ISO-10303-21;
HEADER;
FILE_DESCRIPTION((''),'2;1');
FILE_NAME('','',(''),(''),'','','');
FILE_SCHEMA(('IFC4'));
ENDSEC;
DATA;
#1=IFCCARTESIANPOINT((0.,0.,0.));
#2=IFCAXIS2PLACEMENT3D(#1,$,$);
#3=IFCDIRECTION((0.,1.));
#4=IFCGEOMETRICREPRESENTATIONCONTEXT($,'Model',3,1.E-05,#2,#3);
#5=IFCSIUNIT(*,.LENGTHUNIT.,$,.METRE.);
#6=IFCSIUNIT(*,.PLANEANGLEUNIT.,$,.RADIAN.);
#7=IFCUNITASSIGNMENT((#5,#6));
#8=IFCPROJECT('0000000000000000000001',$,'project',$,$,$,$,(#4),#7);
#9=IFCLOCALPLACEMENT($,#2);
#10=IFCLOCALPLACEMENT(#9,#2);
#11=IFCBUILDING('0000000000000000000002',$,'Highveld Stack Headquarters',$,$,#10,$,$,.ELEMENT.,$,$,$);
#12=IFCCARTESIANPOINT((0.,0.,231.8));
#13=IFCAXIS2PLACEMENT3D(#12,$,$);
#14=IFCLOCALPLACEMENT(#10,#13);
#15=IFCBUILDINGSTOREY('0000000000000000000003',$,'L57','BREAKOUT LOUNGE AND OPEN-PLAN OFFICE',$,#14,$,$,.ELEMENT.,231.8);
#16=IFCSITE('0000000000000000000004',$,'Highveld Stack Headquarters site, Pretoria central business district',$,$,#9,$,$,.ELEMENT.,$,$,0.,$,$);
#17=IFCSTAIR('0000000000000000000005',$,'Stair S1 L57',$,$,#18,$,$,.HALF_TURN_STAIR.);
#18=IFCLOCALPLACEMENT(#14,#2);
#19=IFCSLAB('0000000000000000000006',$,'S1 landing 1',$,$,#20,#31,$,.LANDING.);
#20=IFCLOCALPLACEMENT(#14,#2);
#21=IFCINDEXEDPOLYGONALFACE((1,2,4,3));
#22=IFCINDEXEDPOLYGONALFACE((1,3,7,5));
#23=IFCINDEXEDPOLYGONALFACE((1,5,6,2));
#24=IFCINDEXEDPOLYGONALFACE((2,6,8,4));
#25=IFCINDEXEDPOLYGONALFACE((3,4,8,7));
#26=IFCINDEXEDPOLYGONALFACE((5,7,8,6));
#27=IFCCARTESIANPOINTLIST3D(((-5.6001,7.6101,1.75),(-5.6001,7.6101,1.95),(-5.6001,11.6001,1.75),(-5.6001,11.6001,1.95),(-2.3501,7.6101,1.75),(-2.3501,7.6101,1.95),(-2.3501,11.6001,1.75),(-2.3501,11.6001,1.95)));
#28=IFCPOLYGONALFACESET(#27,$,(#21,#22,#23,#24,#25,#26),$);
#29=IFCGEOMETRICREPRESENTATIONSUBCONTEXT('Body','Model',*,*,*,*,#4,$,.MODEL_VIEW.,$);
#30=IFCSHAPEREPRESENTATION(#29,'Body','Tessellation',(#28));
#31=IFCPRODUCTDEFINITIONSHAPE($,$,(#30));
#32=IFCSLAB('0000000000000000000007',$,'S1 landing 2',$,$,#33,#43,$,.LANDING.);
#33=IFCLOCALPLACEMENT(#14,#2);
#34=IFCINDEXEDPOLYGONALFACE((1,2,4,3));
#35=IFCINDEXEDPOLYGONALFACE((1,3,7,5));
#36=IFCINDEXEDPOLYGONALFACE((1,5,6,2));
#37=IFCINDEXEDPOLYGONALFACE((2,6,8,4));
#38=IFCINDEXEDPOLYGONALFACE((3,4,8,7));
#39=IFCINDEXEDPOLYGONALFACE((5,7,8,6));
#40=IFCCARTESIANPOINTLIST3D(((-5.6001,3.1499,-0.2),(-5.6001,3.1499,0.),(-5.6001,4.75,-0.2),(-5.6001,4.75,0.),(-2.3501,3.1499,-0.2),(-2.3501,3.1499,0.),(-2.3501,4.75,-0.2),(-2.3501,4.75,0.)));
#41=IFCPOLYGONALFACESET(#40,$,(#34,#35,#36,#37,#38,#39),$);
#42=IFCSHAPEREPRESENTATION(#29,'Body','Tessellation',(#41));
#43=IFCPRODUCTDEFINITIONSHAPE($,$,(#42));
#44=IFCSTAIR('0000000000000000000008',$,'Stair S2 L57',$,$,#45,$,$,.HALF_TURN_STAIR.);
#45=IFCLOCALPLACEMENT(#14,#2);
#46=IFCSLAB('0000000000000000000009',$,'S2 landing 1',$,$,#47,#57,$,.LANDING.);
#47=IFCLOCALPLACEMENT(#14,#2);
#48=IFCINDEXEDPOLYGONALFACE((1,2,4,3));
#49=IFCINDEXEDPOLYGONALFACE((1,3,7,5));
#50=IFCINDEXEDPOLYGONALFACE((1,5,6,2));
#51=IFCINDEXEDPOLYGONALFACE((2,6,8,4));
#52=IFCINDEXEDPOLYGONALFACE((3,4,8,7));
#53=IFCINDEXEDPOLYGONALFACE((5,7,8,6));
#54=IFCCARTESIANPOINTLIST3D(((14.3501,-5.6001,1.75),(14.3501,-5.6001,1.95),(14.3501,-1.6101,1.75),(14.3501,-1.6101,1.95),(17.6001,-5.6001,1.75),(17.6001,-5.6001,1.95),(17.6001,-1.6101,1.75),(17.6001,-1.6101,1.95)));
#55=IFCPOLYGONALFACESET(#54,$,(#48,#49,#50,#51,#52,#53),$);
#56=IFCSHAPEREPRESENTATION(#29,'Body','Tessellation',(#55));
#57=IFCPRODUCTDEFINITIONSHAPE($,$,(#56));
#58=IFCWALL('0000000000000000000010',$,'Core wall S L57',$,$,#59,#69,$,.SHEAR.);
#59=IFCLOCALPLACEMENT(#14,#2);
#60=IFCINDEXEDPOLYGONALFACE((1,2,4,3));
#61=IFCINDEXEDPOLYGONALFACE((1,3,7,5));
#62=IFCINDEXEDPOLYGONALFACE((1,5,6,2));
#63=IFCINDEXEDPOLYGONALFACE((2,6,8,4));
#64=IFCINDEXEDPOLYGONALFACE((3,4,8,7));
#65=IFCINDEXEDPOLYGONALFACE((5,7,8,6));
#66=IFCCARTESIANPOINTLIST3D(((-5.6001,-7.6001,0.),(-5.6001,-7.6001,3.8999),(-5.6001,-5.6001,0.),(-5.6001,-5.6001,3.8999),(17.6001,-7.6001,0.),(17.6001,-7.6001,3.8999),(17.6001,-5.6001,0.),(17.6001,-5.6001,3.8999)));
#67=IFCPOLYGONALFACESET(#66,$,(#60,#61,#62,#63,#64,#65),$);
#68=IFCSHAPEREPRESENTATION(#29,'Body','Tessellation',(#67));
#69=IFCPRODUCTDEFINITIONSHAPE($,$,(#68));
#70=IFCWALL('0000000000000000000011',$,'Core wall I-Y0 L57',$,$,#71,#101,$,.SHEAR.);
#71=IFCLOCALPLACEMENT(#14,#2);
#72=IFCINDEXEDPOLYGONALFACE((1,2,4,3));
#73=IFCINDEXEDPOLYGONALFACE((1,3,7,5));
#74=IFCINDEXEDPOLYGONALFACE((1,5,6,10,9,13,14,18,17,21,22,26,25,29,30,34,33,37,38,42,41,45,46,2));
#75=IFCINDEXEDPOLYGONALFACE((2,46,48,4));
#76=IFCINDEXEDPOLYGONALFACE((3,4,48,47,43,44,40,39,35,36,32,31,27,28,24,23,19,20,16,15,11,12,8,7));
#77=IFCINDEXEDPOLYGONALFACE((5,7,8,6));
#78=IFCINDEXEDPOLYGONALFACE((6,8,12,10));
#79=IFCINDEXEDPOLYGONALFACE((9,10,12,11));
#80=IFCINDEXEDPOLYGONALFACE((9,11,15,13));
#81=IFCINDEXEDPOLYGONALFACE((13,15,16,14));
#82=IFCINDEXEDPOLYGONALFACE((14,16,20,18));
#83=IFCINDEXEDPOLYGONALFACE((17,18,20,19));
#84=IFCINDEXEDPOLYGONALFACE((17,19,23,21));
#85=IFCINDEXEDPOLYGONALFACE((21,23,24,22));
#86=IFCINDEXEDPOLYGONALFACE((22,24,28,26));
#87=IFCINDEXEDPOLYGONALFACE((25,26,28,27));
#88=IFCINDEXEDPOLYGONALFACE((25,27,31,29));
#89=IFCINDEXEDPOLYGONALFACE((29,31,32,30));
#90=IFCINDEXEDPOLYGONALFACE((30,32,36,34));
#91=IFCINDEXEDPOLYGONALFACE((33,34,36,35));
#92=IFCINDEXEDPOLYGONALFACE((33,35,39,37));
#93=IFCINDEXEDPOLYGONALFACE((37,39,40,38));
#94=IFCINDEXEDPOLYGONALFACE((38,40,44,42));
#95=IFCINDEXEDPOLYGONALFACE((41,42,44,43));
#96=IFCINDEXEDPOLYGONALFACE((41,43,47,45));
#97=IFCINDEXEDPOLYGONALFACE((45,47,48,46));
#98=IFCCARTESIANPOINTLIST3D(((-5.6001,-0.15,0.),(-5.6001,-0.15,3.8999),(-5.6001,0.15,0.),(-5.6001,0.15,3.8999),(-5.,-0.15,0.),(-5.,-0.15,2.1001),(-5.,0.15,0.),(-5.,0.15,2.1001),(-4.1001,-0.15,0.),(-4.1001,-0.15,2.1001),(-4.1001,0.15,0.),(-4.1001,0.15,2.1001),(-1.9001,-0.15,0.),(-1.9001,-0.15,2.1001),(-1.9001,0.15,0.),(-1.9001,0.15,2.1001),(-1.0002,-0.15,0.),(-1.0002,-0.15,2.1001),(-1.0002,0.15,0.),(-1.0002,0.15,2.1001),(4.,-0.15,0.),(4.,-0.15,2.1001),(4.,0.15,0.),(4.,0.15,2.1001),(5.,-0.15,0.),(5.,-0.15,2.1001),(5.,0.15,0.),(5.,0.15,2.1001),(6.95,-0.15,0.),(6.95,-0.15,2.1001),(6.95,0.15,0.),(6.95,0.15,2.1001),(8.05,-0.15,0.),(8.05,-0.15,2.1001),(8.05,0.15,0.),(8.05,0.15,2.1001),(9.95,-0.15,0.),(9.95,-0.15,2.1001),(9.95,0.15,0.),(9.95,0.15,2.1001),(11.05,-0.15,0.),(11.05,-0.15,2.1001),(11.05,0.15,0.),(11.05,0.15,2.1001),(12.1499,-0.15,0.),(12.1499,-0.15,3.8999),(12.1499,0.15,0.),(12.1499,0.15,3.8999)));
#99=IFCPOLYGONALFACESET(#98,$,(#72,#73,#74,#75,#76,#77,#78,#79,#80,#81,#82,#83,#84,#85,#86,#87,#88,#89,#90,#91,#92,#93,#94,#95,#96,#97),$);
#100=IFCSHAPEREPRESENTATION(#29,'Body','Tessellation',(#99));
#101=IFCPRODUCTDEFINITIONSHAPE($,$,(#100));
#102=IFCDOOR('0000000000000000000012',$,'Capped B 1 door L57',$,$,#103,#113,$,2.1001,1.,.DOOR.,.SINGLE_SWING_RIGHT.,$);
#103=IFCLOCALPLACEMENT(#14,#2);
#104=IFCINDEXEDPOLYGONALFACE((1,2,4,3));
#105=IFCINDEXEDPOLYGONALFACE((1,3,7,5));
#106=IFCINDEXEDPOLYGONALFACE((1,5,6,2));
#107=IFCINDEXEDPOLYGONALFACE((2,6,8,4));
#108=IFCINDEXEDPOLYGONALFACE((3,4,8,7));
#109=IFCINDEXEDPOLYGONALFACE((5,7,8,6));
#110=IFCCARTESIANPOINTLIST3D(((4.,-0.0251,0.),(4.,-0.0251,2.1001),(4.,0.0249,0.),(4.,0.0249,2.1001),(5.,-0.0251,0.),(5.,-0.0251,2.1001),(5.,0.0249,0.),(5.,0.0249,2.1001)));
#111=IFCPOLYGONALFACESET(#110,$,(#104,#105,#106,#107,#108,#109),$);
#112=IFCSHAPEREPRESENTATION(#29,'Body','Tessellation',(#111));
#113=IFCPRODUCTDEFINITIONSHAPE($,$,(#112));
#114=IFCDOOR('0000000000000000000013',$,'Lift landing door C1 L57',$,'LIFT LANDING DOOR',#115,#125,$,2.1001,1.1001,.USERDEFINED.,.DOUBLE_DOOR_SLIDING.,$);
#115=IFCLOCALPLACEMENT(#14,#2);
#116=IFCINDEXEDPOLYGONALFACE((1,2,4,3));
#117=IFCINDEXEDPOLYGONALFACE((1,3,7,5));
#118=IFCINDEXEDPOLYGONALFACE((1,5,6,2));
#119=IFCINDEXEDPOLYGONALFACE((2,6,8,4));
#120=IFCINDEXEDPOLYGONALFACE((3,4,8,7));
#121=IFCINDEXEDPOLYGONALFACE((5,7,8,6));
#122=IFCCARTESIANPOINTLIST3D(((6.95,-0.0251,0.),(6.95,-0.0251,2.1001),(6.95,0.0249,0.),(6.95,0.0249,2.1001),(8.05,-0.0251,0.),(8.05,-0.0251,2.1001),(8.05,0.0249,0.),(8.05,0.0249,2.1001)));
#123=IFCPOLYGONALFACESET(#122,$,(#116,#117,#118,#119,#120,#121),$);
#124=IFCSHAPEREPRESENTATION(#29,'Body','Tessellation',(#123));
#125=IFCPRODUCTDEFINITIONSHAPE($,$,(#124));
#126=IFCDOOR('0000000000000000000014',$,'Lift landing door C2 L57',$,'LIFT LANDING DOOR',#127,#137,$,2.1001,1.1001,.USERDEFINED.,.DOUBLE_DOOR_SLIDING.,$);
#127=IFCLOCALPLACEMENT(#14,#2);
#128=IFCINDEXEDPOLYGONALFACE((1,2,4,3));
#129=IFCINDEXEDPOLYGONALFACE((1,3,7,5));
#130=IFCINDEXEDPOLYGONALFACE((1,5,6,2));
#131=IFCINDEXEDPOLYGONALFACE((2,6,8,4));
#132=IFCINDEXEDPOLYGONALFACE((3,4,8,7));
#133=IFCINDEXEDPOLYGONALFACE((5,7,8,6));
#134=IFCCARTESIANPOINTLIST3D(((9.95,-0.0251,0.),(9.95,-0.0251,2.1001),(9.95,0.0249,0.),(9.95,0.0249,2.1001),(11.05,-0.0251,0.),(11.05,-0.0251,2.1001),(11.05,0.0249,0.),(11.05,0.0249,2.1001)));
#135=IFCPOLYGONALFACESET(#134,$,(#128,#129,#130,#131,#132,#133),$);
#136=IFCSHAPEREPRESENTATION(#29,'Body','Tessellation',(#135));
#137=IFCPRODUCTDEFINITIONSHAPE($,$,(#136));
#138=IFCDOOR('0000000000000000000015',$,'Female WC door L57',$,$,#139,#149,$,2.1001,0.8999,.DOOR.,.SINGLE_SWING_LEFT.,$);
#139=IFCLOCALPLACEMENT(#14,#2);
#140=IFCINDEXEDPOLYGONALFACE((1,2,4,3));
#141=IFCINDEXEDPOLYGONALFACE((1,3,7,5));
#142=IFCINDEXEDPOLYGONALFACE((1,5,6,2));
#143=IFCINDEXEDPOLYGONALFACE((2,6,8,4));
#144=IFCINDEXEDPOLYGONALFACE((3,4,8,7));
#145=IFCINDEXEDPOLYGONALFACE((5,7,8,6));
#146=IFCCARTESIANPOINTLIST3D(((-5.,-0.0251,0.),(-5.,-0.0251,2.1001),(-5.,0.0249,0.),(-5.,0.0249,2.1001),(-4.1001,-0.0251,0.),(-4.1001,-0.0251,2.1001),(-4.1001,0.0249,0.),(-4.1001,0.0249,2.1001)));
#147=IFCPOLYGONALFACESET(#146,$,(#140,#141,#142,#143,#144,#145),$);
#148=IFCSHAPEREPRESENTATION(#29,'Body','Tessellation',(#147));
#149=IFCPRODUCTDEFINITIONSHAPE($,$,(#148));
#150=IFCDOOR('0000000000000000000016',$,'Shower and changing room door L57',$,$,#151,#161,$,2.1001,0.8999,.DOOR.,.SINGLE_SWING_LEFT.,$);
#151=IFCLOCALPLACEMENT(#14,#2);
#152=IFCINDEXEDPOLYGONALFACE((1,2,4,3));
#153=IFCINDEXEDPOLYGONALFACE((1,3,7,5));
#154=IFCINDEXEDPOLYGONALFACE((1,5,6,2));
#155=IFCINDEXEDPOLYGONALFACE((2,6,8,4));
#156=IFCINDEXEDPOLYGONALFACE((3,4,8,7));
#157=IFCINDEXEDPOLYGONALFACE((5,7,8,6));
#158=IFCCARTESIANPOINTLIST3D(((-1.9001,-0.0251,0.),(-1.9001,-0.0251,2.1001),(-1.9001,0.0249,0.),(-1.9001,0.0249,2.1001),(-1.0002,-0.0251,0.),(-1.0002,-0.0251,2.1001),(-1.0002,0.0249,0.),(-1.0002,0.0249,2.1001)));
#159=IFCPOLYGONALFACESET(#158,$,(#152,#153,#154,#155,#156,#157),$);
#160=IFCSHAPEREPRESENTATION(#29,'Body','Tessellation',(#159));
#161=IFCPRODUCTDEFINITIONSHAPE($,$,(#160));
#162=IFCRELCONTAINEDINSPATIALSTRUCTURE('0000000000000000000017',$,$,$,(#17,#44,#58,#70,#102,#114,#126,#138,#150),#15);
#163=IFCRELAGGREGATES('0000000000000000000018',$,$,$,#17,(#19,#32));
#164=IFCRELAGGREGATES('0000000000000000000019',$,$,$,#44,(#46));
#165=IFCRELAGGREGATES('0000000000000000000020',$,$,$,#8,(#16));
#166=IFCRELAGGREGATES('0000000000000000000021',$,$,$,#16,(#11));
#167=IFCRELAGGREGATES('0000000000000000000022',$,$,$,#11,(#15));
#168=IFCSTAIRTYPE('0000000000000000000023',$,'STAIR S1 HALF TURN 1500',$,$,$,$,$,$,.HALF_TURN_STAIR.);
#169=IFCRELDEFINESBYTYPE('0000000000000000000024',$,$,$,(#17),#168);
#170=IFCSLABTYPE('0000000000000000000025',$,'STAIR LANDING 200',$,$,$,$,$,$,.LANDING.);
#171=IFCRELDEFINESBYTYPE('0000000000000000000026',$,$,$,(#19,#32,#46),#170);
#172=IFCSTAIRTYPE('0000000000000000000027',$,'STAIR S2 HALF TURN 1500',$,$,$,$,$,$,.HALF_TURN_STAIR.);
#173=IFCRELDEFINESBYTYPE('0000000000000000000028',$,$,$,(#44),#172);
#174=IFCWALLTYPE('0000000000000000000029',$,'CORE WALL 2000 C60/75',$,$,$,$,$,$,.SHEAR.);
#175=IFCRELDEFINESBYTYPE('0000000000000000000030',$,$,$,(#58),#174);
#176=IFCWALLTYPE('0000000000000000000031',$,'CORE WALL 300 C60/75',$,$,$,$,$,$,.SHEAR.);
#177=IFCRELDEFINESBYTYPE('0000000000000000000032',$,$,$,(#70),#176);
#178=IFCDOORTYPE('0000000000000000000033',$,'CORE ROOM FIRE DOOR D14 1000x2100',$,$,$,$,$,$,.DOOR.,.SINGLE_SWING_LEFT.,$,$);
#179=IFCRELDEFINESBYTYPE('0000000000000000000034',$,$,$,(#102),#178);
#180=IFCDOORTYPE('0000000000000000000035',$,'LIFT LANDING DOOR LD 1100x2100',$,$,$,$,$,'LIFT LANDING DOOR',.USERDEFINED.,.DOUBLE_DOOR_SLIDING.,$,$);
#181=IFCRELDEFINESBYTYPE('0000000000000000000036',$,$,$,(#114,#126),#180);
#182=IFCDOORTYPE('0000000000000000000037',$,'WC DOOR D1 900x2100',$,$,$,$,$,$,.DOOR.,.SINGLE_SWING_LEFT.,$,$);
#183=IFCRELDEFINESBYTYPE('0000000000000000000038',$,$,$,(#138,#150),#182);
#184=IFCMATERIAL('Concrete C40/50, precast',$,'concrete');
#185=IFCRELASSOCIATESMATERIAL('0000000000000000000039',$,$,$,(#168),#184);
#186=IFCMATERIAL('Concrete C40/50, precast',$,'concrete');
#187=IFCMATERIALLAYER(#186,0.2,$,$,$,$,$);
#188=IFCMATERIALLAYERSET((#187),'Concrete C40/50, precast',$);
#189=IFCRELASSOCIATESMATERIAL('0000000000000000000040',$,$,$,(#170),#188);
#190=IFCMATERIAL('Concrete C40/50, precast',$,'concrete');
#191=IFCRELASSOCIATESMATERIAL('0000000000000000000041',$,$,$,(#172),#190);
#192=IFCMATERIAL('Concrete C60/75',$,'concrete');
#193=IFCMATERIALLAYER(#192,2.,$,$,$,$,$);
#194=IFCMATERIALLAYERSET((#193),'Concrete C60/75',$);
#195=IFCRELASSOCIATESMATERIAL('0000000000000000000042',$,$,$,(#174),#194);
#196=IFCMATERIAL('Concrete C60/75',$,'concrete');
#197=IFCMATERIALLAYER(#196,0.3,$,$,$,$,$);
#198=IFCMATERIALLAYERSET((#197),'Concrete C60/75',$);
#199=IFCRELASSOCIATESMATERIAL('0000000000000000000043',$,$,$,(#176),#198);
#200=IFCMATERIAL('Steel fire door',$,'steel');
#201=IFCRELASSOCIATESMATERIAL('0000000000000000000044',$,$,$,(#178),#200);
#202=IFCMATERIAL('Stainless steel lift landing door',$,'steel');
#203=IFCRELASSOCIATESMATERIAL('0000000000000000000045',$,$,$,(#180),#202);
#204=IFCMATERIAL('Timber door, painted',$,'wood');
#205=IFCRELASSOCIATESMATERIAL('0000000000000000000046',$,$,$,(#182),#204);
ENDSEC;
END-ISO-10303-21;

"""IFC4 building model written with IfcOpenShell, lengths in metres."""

from ifc_helpers import new_model, si_unit, direction, frame, frame_2d, origin, place, context, subcontext, project, spatial, polyline, rectangle, outline, extrude, material, layer, layer_set, type_object, element, fill, aggregate, save


model = new_model("IFC4")

# Units and contexts
model_context = context("Model", 3, precision=1e-05, world=origin(), true_north=direction((0.0, 1.0)))
body_context = subcontext(model_context, "Body", "Model", "MODEL_VIEW")
ifc_project = project(units=[si_unit("LENGTHUNIT", "METRE"), si_unit("PLANEANGLEUNIT", "RADIAN")], contexts=[model_context])

# Site, building, storey
site_placement = place(None, origin())
site = spatial("IfcSite", under=ifc_project, at=site_placement, Name="Highveld Stack Headquarters site, Pretoria central business district", CompositionType="ELEMENT", RefElevation=0.0)
building_placement = place(site_placement, origin())
building = spatial("IfcBuilding", under=site, at=building_placement, Name="Highveld Stack Headquarters", CompositionType="ELEMENT")
storey_placement = place(building_placement, frame((0.0, 0.0, 231.8)))
storey = spatial("IfcBuildingStorey", under=building, at=storey_placement, Name="L57", Description="BREAKOUT LOUNGE AND OPEN-PLAN OFFICE", CompositionType="ELEMENT", Elevation=231.8)

# Stair, slabs
ifc_material_1 = material(Name="Concrete C40/50, precast", Category="concrete")
stair_type_1 = type_object("IfcStairType", Name="STAIR S1 HALF TURN 1500", PredefinedType="HALF_TURN_STAIR", material=ifc_material_1)
stair_1_placement = place(storey_placement, origin())
stair_1 = element("IfcStair", 1, at=stair_1_placement, inside=storey, type_object=stair_type_1, Name="Stair S1 L57", PredefinedType="HALF_TURN_STAIR")
ifc_material_2 = material(Name="Concrete C40/50, precast", Category="concrete")
ifc_layer_1 = layer(ifc_material_2, 0.2)
ifc_layer_set_1 = layer_set([ifc_layer_1], Name="Concrete C40/50, precast")
slab_type_1 = type_object("IfcSlabType", Name="STAIR LANDING 200", PredefinedType="LANDING", material=ifc_layer_set_1)
slab_1_placement = place(storey_placement, frame((0.0, 0.0, 1.75)))
slab_1 = element("IfcSlab", 2, at=slab_1_placement, type_object=slab_type_1, Name="S1 landing 1", PredefinedType="LANDING", context=body_context, shape_type="SweptSolid", body=[
    extrude(outline(polyline([(-5.6001, 7.6101), (-2.3501, 7.6101), (-2.3501, 11.6001), (-5.6001, 11.6001), (-5.6001, 7.6101)])), origin(), (0.0, 0.0, 1.0), 0.2),
])
slab_2_placement = place(storey_placement, frame((0.0, 0.0, -0.2)))
slab_2 = element("IfcSlab", 3, at=slab_2_placement, type_object=slab_type_1, Name="S1 landing 2", PredefinedType="LANDING", context=body_context, shape_type="SweptSolid", body=[
    extrude(outline(polyline([(-5.6001, 3.1499), (-2.3501, 3.1499), (-2.3501, 4.75), (-5.6001, 4.75), (-5.6001, 3.1499)])), origin(), (0.0, 0.0, 1.0), 0.2),
])
aggregate(stair_1, [slab_1, slab_2])

# Stair, slab
ifc_material_3 = material(Name="Concrete C40/50, precast", Category="concrete")
stair_type_2 = type_object("IfcStairType", Name="STAIR S2 HALF TURN 1500", PredefinedType="HALF_TURN_STAIR", material=ifc_material_3)
stair_2_placement = place(storey_placement, origin())
stair_2 = element("IfcStair", 4, at=stair_2_placement, inside=storey, type_object=stair_type_2, Name="Stair S2 L57", PredefinedType="HALF_TURN_STAIR")
slab_3_placement = place(storey_placement, frame((0.0, 0.0, 1.75)))
slab_3 = element("IfcSlab", 5, at=slab_3_placement, type_object=slab_type_1, Name="S2 landing 1", PredefinedType="LANDING", context=body_context, shape_type="SweptSolid", body=[
    extrude(outline(polyline([(14.3501, -5.6001), (17.6001, -5.6001), (17.6001, -1.6101), (14.3501, -1.6101), (14.3501, -5.6001)])), origin(), (0.0, 0.0, 1.0), 0.2),
])
aggregate(stair_2, [slab_3])

# Wall
ifc_material_4 = material(Name="Concrete C60/75", Category="concrete")
ifc_layer_2 = layer(ifc_material_4, 2.0)
ifc_layer_set_2 = layer_set([ifc_layer_2], Name="Concrete C60/75")
wall_type_1 = type_object("IfcWallType", Name="CORE WALL 2000 C60/75", PredefinedType="SHEAR", material=ifc_layer_set_2)
wall_1_placement = place(storey_placement, frame((-5.6001, -6.6001, 0.0), z_axis=(0.0, 0.0, 1.0), x_axis=(1.0, 0.0, 0.0)))
element("IfcWall", 6, at=wall_1_placement, inside=storey, type_object=wall_type_1, Name="Core wall S L57", PredefinedType="SHEAR", context=body_context, shape_type="SweptSolid", body=[
    extrude(rectangle(XDim=23.2002, YDim=2.0, at=frame_2d((11.6001, 0.0))), origin(), (0.0, 0.0, 1.0), 3.8999),
])

# Wall, openings, doors
ifc_material_5 = material(Name="Concrete C60/75", Category="concrete")
ifc_layer_3 = layer(ifc_material_5, 0.3)
ifc_layer_set_3 = layer_set([ifc_layer_3], Name="Concrete C60/75")
wall_type_2 = type_object("IfcWallType", Name="CORE WALL 300 C60/75", PredefinedType="SHEAR", material=ifc_layer_set_3)
wall_2_placement = place(storey_placement, frame((-5.6001, 0.0, 0.0), z_axis=(0.0, 0.0, 1.0), x_axis=(1.0, 0.0, 0.0)))
wall_2 = element("IfcWall", 7, at=wall_2_placement, inside=storey, type_object=wall_type_2, Name="Core wall I-Y0 L57", PredefinedType="SHEAR", context=body_context, shape_type="SweptSolid", body=[
    extrude(rectangle(XDim=17.75, YDim=0.3, at=frame_2d((8.875, 0.0))), origin(), (0.0, 0.0, 1.0), 3.8999),
])
opening_1_placement = place(wall_2_placement, frame((0.6001, 0.0, 0.0)))
opening_1 = element("IfcOpeningElement", 8, at=opening_1_placement, cuts=wall_2, PredefinedType="OPENING", context=body_context, shape_type="SweptSolid", body=[
    extrude(rectangle(XDim=0.8999, YDim=2.1001, at=frame_2d((0.45, 1.05))), frame((0.0, 0.1599, 0.0), z_axis=(0.0, -1.0, 0.0), x_axis=(1.0, 0.0, 0.0)), (0.0, 0.0, 1.0), 0.3201),
])
opening_2_placement = place(wall_2_placement, frame((3.7, 0.0, 0.0)))
opening_2 = element("IfcOpeningElement", 9, at=opening_2_placement, cuts=wall_2, PredefinedType="OPENING", context=body_context, shape_type="SweptSolid", body=[
    extrude(rectangle(XDim=0.8999, YDim=2.1001, at=frame_2d((0.45, 1.05))), frame((0.0, 0.1599, 0.0), z_axis=(0.0, -1.0, 0.0), x_axis=(1.0, 0.0, 0.0)), (0.0, 0.0, 1.0), 0.3201),
])
opening_3_placement = place(wall_2_placement, frame((9.6001, 0.0, 0.0)))
opening_3 = element("IfcOpeningElement", 10, at=opening_3_placement, cuts=wall_2, PredefinedType="OPENING", context=body_context, shape_type="SweptSolid", body=[
    extrude(rectangle(XDim=1.0, YDim=2.1001, at=frame_2d((0.5, 1.05))), frame((0.0, 0.1599, 0.0), z_axis=(0.0, -1.0, 0.0), x_axis=(1.0, 0.0, 0.0)), (0.0, 0.0, 1.0), 0.3201),
])
opening_4_placement = place(wall_2_placement, frame((12.55, 0.0, 0.0)))
opening_4 = element("IfcOpeningElement", 11, at=opening_4_placement, cuts=wall_2, PredefinedType="OPENING", context=body_context, shape_type="SweptSolid", body=[
    extrude(rectangle(XDim=1.1001, YDim=2.1001, at=frame_2d((0.55, 1.05))), frame((0.0, 0.1599, 0.0), z_axis=(0.0, -1.0, 0.0), x_axis=(1.0, 0.0, 0.0)), (0.0, 0.0, 1.0), 0.3201),
])
opening_5_placement = place(wall_2_placement, frame((15.55, 0.0, 0.0)))
opening_5 = element("IfcOpeningElement", 12, at=opening_5_placement, cuts=wall_2, PredefinedType="OPENING", context=body_context, shape_type="SweptSolid", body=[
    extrude(rectangle(XDim=1.1001, YDim=2.1001, at=frame_2d((0.55, 1.05))), frame((0.0, 0.1599, 0.0), z_axis=(0.0, -1.0, 0.0), x_axis=(1.0, 0.0, 0.0)), (0.0, 0.0, 1.0), 0.3201),
])
ifc_material_6 = material(Name="Steel fire door", Category="steel")
door_type_1 = type_object("IfcDoorType", Name="CORE ROOM FIRE DOOR D14 1000x2100", OperationType="SINGLE_SWING_LEFT", PredefinedType="DOOR", material=ifc_material_6)
door_1_placement = place(opening_3_placement, origin())
door_1 = element("IfcDoor", 13, at=door_1_placement, inside=storey, type_object=door_type_1, Name="Capped B 1 door L57", OperationType="SINGLE_SWING_RIGHT", OverallHeight=2.1001, OverallWidth=1.0, PredefinedType="DOOR", context=body_context, shape_type="SweptSolid", body=[
    extrude(rectangle(XDim=1.0, YDim=2.1001, at=frame_2d((0.5, 1.05))), frame((0.0, 0.0249, 0.0), z_axis=(0.0, -1.0, 0.0), x_axis=(1.0, 0.0, 0.0)), (0.0, 0.0, 1.0), 0.05),
])
fill(opening_3, door_1)
ifc_material_7 = material(Name="Stainless steel lift landing door", Category="steel")
door_type_2 = type_object("IfcDoorType", Name="LIFT LANDING DOOR LD 1100x2100", ElementType="LIFT LANDING DOOR", OperationType="DOUBLE_DOOR_SLIDING", PredefinedType="USERDEFINED", material=ifc_material_7)
door_2_placement = place(opening_4_placement, origin())
door_2 = element("IfcDoor", 14, at=door_2_placement, inside=storey, type_object=door_type_2, Name="Lift landing door C1 L57", ObjectType="LIFT LANDING DOOR", OperationType="DOUBLE_DOOR_SLIDING", OverallHeight=2.1001, OverallWidth=1.1001, PredefinedType="USERDEFINED", context=body_context, shape_type="SweptSolid", body=[
    extrude(rectangle(XDim=1.1001, YDim=2.1001, at=frame_2d((0.55, 1.05))), frame((0.0, 0.0249, 0.0), z_axis=(0.0, -1.0, 0.0), x_axis=(1.0, 0.0, 0.0)), (0.0, 0.0, 1.0), 0.05),
])
fill(opening_4, door_2)
door_3_placement = place(opening_5_placement, origin())
door_3 = element("IfcDoor", 15, at=door_3_placement, inside=storey, type_object=door_type_2, Name="Lift landing door C2 L57", ObjectType="LIFT LANDING DOOR", OperationType="DOUBLE_DOOR_SLIDING", OverallHeight=2.1001, OverallWidth=1.1001, PredefinedType="USERDEFINED", context=body_context, shape_type="SweptSolid", body=[
    extrude(rectangle(XDim=1.1001, YDim=2.1001, at=frame_2d((0.55, 1.05))), frame((0.0, 0.0249, 0.0), z_axis=(0.0, -1.0, 0.0), x_axis=(1.0, 0.0, 0.0)), (0.0, 0.0, 1.0), 0.05),
])
fill(opening_5, door_3)
ifc_material_8 = material(Name="Timber door, painted", Category="wood")
door_type_3 = type_object("IfcDoorType", Name="WC DOOR D1 900x2100", OperationType="SINGLE_SWING_LEFT", PredefinedType="DOOR", material=ifc_material_8)
door_4_placement = place(opening_1_placement, origin())
door_4 = element("IfcDoor", 16, at=door_4_placement, inside=storey, type_object=door_type_3, Name="Female WC door L57", OperationType="SINGLE_SWING_LEFT", OverallHeight=2.1001, OverallWidth=0.8999, PredefinedType="DOOR", context=body_context, shape_type="SweptSolid", body=[
    extrude(rectangle(XDim=0.8999, YDim=2.1001, at=frame_2d((0.45, 1.05))), frame((0.0, 0.0249, 0.0), z_axis=(0.0, -1.0, 0.0), x_axis=(1.0, 0.0, 0.0)), (0.0, 0.0, 1.0), 0.05),
])
fill(opening_1, door_4)
door_5_placement = place(opening_2_placement, origin())
door_5 = element("IfcDoor", 17, at=door_5_placement, inside=storey, type_object=door_type_3, Name="Shower and changing room door L57", OperationType="SINGLE_SWING_LEFT", OverallHeight=2.1001, OverallWidth=0.8999, PredefinedType="DOOR", context=body_context, shape_type="SweptSolid", body=[
    extrude(rectangle(XDim=0.8999, YDim=2.1001, at=frame_2d((0.45, 1.05))), frame((0.0, 0.0249, 0.0), z_axis=(0.0, -1.0, 0.0), x_axis=(1.0, 0.0, 0.0)), (0.0, 0.0, 1.0), 0.05),
])
fill(opening_2, door_5)

save(model, "model.ifc")
